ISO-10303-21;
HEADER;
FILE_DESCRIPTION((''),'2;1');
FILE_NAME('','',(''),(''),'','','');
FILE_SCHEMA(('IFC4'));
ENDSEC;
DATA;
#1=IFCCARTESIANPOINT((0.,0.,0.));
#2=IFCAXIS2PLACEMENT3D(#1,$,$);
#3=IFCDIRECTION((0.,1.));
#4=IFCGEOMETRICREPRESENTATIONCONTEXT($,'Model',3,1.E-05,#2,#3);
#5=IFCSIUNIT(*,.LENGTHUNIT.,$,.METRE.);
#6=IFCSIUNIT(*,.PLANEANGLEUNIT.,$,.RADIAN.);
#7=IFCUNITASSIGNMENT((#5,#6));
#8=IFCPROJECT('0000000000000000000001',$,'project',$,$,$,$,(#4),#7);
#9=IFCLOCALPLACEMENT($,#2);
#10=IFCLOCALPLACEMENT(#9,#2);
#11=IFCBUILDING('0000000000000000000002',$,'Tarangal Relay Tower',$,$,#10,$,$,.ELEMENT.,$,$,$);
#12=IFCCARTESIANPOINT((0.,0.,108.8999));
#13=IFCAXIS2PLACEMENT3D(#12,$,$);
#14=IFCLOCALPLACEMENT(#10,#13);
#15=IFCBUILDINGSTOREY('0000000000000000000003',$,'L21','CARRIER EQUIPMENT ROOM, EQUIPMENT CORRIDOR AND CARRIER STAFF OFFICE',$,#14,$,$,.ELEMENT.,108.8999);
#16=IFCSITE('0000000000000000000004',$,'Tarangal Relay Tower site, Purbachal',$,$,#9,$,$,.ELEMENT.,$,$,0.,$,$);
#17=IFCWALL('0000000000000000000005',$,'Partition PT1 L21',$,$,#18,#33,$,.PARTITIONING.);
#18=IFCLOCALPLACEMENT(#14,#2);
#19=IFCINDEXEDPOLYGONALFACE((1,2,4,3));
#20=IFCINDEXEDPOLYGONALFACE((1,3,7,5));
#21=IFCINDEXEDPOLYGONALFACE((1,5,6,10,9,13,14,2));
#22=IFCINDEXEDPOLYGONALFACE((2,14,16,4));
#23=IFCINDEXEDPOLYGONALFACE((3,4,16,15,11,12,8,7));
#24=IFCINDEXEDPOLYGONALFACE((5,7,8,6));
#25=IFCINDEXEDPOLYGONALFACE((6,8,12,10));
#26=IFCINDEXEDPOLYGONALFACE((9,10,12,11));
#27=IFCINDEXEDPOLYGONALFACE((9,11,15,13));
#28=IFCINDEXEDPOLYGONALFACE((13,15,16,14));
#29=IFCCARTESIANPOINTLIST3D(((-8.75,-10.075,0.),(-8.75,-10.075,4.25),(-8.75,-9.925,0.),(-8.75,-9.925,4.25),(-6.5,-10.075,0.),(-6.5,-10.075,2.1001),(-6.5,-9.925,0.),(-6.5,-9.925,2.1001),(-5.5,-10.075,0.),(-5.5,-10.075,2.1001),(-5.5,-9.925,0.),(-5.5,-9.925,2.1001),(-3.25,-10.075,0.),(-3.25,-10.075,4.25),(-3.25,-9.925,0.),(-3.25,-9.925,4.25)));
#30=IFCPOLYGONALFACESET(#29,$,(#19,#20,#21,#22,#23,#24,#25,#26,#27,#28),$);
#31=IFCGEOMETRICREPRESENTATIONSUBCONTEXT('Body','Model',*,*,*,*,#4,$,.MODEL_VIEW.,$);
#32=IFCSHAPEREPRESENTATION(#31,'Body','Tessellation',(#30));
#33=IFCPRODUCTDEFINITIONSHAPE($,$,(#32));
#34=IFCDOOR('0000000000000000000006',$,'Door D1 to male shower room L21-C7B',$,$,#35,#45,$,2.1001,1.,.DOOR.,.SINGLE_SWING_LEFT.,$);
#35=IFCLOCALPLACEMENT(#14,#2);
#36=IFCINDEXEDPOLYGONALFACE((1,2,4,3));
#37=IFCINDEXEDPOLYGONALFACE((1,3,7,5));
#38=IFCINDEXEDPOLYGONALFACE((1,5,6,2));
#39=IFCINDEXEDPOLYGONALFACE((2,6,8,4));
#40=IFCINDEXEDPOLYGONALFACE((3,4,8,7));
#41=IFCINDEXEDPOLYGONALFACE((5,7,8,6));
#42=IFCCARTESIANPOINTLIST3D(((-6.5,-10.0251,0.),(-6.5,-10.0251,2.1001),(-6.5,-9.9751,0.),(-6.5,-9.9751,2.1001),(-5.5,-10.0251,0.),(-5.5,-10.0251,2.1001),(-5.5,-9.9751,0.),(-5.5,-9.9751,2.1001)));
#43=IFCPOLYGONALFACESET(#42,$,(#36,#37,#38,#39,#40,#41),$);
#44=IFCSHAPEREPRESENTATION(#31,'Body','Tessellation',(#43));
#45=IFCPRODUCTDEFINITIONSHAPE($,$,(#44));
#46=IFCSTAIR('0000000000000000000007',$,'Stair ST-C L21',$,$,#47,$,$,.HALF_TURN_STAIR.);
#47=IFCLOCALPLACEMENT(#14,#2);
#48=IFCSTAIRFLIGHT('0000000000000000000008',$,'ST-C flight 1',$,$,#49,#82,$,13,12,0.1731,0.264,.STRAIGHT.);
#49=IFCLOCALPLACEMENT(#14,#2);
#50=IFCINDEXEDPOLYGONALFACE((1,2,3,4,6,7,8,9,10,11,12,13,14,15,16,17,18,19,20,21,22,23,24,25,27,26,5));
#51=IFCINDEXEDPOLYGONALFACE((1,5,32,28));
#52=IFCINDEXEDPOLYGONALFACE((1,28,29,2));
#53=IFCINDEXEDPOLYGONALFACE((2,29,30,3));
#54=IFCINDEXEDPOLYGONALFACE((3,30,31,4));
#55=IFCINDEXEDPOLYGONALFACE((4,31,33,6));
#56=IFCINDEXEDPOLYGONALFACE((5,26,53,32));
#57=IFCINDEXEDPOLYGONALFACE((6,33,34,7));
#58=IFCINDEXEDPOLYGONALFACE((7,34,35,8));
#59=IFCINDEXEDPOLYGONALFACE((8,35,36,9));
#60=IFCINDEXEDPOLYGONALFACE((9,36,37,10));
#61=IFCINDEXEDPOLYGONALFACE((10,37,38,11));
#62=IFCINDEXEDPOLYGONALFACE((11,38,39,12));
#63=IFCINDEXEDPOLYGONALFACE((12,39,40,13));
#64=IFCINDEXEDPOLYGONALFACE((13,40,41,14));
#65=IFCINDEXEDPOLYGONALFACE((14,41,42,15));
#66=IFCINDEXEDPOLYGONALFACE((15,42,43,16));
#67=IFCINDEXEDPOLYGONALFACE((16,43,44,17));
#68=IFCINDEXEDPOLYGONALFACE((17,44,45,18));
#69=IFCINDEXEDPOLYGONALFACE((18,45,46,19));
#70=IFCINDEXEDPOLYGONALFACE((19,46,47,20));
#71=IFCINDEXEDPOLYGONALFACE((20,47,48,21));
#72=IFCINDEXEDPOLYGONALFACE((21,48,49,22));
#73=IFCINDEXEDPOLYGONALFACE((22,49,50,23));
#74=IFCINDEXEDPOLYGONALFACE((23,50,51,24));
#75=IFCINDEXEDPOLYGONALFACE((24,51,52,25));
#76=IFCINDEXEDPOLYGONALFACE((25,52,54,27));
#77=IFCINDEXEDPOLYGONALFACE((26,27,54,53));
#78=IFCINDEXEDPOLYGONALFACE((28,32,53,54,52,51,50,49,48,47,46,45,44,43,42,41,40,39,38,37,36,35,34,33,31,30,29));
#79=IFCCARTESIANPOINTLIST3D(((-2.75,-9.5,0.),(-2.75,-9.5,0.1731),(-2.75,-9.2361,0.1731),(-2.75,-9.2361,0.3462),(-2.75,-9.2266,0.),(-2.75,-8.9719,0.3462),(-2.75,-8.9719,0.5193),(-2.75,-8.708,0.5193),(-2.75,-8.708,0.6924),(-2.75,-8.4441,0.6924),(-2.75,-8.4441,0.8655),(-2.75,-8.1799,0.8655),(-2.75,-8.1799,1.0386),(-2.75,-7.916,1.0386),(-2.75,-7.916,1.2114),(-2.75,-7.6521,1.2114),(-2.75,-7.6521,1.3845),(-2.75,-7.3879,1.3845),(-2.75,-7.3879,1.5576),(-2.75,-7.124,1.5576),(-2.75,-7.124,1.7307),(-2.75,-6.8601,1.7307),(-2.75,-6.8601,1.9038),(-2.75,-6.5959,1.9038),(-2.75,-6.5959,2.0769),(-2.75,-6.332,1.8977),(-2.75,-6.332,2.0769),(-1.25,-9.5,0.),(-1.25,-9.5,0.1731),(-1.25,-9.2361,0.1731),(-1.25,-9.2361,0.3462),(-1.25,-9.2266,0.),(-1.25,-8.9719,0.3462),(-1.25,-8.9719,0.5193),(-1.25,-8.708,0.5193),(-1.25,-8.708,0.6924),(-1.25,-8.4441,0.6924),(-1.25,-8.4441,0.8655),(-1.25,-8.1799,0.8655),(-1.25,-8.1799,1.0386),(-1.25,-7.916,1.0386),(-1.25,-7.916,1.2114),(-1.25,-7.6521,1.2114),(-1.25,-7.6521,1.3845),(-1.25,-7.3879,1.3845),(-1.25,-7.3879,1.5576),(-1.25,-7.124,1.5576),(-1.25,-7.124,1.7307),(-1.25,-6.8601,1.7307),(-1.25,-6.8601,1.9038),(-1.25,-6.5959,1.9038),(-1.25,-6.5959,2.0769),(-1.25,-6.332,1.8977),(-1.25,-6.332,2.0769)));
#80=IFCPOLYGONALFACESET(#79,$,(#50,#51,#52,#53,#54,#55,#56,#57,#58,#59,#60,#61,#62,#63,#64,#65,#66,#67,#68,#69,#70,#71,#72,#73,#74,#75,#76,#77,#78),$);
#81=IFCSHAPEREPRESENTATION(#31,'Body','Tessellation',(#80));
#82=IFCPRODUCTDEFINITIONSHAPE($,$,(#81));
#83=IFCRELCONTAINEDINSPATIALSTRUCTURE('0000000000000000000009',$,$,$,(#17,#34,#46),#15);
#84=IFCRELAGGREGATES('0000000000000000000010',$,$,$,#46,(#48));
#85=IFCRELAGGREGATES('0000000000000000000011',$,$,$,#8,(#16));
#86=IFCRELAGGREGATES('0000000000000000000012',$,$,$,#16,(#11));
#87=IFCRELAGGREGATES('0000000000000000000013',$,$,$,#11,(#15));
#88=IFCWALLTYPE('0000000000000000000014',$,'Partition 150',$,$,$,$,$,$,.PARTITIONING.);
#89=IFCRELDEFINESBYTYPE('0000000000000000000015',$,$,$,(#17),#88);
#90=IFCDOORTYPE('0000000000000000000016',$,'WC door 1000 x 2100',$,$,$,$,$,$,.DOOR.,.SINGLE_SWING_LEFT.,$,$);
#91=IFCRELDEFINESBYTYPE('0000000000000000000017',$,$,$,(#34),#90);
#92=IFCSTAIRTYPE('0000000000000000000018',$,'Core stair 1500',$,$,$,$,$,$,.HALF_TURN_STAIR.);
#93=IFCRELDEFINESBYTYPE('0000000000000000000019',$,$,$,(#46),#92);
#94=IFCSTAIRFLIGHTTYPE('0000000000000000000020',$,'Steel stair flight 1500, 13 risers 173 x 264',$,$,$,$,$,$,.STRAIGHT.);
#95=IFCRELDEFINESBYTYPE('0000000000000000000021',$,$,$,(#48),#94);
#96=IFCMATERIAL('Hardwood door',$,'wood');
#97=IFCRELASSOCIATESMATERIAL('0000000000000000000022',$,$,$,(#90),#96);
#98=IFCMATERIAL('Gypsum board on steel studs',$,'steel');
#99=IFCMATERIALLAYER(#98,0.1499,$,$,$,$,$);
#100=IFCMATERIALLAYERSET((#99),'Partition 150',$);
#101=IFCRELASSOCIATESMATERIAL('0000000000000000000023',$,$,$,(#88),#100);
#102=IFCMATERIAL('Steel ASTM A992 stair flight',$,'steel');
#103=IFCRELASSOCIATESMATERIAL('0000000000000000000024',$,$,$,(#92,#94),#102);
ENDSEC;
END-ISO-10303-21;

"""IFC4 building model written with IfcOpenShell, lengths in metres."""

from ifc_helpers import new_model, si_unit, direction, frame, frame_2d, origin, place, context, subcontext, project, spatial, polyline, rectangle, outline, extrude, material, layer, layer_set, type_object, element, fill, aggregate, save


model = new_model("IFC4")

# Units and contexts
model_context = context("Model", 3, precision=1e-05, world=origin(), true_north=direction((0.0, 1.0)))
body_context = subcontext(model_context, "Body", "Model", "MODEL_VIEW")
ifc_project = project(units=[si_unit("LENGTHUNIT", "METRE"), si_unit("PLANEANGLEUNIT", "RADIAN")], contexts=[model_context])

# Site, building, storey
site_placement = place(None, origin())
site = spatial("IfcSite", under=ifc_project, at=site_placement, Name="Tarangal Relay Tower site, Purbachal", CompositionType="ELEMENT", RefElevation=0.0)
building_placement = place(site_placement, origin())
building = spatial("IfcBuilding", under=site, at=building_placement, Name="Tarangal Relay Tower", CompositionType="ELEMENT")
storey_placement = place(building_placement, frame((0.0, 0.0, 108.8999)))
storey = spatial("IfcBuildingStorey", under=building, at=storey_placement, Name="L21", Description="CARRIER EQUIPMENT ROOM, EQUIPMENT CORRIDOR AND CARRIER STAFF OFFICE", CompositionType="ELEMENT", Elevation=108.8999)

# Shared definitions
ifc_material_1 = material(Name="Hardwood door", Category="wood")
door_type_1 = type_object("IfcDoorType", Name="WC door 1000 x 2100", OperationType="SINGLE_SWING_LEFT", PredefinedType="DOOR", material=ifc_material_1)

# Shared definitions
ifc_material_2 = material(Name="Gypsum board on steel studs", Category="steel")
ifc_layer_1 = layer(ifc_material_2, 0.1499)
ifc_layer_set_1 = layer_set([ifc_layer_1], Name="Partition 150")
wall_type_1 = type_object("IfcWallType", Name="Partition 150", PredefinedType="PARTITIONING", material=ifc_layer_set_1)

# Wall, opening, door
wall_1_placement = place(storey_placement, frame((-8.75, -10.0, 0.0), z_axis=(0.0, 0.0, 1.0), x_axis=(1.0, 0.0, 0.0)))
wall_1 = element("IfcWall", 1, at=wall_1_placement, inside=storey, type_object=wall_type_1, Name="Partition PT1 L21", PredefinedType="PARTITIONING", context=body_context, shape_type="SweptSolid", body=[
    extrude(rectangle(XDim=5.5, YDim=0.1499, at=frame_2d((2.75, 0.0))), origin(), (0.0, 0.0, 1.0), 4.25),
])
opening_1_placement = place(wall_1_placement, frame((2.25, 0.0, 0.0)))
opening_1 = element("IfcOpeningElement", 2, at=opening_1_placement, cuts=wall_1, PredefinedType="OPENING", context=body_context, shape_type="SweptSolid", body=[
    extrude(rectangle(XDim=1.0, YDim=2.1001, at=frame_2d((0.5, 1.05))), frame((0.0, 0.085, 0.0), z_axis=(0.0, -1.0, 0.0), x_axis=(1.0, 0.0, 0.0)), (0.0, 0.0, 1.0), 0.1699),
])
door_1_placement = place(opening_1_placement, origin())
door_1 = element("IfcDoor", 3, at=door_1_placement, inside=storey, type_object=door_type_1, Name="Door D1 to male shower room L21-C7B", OperationType="SINGLE_SWING_LEFT", OverallHeight=2.1001, OverallWidth=1.0, PredefinedType="DOOR", context=body_context, shape_type="SweptSolid", body=[
    extrude(rectangle(XDim=1.0, YDim=2.1001, at=frame_2d((0.5, 1.05))), frame((0.0, 0.0249, 0.0), z_axis=(0.0, -1.0, 0.0), x_axis=(1.0, 0.0, 0.0)), (0.0, 0.0, 1.0), 0.05),
])
fill(opening_1, door_1)

# Stair, stair flight
ifc_material_3 = material(Name="Steel ASTM A992 stair flight", Category="steel")
stair_type = type_object("IfcStairType", Name="Core stair 1500", PredefinedType="HALF_TURN_STAIR", material=ifc_material_3)
stair_placement = place(storey_placement, origin())
stair = element("IfcStair", 4, at=stair_placement, inside=storey, type_object=stair_type, Name="Stair ST-C L21", PredefinedType="HALF_TURN_STAIR")
stair_flight_type = type_object("IfcStairFlightType", Name="Steel stair flight 1500, 13 risers 173 x 264", PredefinedType="STRAIGHT", material=ifc_material_3)
stair_flight_placement = place(storey_placement, frame((-2.0, -9.5, 0.0), z_axis=(0.0, 0.0, 1.0), x_axis=(0.0, 1.0, 0.0)))
stair_flight = element("IfcStairFlight", 5, at=stair_flight_placement, type_object=stair_flight_type, Name="ST-C flight 1", NumberOfRisers=13, NumberOfTreads=12, PredefinedType="STRAIGHT", RiserHeight=0.1731, TreadLength=0.264, context=body_context, shape_type="SweptSolid", body=[
    extrude(outline(polyline([(0.0, 0.0), (0.0, 0.1731), (0.2639, 0.1731), (0.2639, 0.3462), (0.5281, 0.3462), (0.5281, 0.5193), (0.792, 0.5193), (0.792, 0.6924), (1.0559, 0.6924), (1.0559, 0.8655), (1.3201, 0.8655), (1.3201, 1.0386), (1.584, 1.0386), (1.584, 1.2114), (1.8479, 1.2114), (1.8479, 1.3845), (2.1121, 1.3845), (2.1121, 1.5576), (2.376, 1.5576), (2.376, 1.7307), (2.6399, 1.7307), (2.6399, 1.9038), (2.9041, 1.9038), (2.9041, 2.0769), (3.168, 2.0769), (3.168, 2.25), (3.168, 1.8977), (0.2734, 0.0), (0.0, 0.0)])), frame((0.0, 0.75, 0.0), z_axis=(0.0, -1.0, 0.0), x_axis=(1.0, 0.0, 0.0)), (0.0, 0.0, 1.0), 1.5),
])
aggregate(stair, [stair_flight])

save(model, "model.ifc")
